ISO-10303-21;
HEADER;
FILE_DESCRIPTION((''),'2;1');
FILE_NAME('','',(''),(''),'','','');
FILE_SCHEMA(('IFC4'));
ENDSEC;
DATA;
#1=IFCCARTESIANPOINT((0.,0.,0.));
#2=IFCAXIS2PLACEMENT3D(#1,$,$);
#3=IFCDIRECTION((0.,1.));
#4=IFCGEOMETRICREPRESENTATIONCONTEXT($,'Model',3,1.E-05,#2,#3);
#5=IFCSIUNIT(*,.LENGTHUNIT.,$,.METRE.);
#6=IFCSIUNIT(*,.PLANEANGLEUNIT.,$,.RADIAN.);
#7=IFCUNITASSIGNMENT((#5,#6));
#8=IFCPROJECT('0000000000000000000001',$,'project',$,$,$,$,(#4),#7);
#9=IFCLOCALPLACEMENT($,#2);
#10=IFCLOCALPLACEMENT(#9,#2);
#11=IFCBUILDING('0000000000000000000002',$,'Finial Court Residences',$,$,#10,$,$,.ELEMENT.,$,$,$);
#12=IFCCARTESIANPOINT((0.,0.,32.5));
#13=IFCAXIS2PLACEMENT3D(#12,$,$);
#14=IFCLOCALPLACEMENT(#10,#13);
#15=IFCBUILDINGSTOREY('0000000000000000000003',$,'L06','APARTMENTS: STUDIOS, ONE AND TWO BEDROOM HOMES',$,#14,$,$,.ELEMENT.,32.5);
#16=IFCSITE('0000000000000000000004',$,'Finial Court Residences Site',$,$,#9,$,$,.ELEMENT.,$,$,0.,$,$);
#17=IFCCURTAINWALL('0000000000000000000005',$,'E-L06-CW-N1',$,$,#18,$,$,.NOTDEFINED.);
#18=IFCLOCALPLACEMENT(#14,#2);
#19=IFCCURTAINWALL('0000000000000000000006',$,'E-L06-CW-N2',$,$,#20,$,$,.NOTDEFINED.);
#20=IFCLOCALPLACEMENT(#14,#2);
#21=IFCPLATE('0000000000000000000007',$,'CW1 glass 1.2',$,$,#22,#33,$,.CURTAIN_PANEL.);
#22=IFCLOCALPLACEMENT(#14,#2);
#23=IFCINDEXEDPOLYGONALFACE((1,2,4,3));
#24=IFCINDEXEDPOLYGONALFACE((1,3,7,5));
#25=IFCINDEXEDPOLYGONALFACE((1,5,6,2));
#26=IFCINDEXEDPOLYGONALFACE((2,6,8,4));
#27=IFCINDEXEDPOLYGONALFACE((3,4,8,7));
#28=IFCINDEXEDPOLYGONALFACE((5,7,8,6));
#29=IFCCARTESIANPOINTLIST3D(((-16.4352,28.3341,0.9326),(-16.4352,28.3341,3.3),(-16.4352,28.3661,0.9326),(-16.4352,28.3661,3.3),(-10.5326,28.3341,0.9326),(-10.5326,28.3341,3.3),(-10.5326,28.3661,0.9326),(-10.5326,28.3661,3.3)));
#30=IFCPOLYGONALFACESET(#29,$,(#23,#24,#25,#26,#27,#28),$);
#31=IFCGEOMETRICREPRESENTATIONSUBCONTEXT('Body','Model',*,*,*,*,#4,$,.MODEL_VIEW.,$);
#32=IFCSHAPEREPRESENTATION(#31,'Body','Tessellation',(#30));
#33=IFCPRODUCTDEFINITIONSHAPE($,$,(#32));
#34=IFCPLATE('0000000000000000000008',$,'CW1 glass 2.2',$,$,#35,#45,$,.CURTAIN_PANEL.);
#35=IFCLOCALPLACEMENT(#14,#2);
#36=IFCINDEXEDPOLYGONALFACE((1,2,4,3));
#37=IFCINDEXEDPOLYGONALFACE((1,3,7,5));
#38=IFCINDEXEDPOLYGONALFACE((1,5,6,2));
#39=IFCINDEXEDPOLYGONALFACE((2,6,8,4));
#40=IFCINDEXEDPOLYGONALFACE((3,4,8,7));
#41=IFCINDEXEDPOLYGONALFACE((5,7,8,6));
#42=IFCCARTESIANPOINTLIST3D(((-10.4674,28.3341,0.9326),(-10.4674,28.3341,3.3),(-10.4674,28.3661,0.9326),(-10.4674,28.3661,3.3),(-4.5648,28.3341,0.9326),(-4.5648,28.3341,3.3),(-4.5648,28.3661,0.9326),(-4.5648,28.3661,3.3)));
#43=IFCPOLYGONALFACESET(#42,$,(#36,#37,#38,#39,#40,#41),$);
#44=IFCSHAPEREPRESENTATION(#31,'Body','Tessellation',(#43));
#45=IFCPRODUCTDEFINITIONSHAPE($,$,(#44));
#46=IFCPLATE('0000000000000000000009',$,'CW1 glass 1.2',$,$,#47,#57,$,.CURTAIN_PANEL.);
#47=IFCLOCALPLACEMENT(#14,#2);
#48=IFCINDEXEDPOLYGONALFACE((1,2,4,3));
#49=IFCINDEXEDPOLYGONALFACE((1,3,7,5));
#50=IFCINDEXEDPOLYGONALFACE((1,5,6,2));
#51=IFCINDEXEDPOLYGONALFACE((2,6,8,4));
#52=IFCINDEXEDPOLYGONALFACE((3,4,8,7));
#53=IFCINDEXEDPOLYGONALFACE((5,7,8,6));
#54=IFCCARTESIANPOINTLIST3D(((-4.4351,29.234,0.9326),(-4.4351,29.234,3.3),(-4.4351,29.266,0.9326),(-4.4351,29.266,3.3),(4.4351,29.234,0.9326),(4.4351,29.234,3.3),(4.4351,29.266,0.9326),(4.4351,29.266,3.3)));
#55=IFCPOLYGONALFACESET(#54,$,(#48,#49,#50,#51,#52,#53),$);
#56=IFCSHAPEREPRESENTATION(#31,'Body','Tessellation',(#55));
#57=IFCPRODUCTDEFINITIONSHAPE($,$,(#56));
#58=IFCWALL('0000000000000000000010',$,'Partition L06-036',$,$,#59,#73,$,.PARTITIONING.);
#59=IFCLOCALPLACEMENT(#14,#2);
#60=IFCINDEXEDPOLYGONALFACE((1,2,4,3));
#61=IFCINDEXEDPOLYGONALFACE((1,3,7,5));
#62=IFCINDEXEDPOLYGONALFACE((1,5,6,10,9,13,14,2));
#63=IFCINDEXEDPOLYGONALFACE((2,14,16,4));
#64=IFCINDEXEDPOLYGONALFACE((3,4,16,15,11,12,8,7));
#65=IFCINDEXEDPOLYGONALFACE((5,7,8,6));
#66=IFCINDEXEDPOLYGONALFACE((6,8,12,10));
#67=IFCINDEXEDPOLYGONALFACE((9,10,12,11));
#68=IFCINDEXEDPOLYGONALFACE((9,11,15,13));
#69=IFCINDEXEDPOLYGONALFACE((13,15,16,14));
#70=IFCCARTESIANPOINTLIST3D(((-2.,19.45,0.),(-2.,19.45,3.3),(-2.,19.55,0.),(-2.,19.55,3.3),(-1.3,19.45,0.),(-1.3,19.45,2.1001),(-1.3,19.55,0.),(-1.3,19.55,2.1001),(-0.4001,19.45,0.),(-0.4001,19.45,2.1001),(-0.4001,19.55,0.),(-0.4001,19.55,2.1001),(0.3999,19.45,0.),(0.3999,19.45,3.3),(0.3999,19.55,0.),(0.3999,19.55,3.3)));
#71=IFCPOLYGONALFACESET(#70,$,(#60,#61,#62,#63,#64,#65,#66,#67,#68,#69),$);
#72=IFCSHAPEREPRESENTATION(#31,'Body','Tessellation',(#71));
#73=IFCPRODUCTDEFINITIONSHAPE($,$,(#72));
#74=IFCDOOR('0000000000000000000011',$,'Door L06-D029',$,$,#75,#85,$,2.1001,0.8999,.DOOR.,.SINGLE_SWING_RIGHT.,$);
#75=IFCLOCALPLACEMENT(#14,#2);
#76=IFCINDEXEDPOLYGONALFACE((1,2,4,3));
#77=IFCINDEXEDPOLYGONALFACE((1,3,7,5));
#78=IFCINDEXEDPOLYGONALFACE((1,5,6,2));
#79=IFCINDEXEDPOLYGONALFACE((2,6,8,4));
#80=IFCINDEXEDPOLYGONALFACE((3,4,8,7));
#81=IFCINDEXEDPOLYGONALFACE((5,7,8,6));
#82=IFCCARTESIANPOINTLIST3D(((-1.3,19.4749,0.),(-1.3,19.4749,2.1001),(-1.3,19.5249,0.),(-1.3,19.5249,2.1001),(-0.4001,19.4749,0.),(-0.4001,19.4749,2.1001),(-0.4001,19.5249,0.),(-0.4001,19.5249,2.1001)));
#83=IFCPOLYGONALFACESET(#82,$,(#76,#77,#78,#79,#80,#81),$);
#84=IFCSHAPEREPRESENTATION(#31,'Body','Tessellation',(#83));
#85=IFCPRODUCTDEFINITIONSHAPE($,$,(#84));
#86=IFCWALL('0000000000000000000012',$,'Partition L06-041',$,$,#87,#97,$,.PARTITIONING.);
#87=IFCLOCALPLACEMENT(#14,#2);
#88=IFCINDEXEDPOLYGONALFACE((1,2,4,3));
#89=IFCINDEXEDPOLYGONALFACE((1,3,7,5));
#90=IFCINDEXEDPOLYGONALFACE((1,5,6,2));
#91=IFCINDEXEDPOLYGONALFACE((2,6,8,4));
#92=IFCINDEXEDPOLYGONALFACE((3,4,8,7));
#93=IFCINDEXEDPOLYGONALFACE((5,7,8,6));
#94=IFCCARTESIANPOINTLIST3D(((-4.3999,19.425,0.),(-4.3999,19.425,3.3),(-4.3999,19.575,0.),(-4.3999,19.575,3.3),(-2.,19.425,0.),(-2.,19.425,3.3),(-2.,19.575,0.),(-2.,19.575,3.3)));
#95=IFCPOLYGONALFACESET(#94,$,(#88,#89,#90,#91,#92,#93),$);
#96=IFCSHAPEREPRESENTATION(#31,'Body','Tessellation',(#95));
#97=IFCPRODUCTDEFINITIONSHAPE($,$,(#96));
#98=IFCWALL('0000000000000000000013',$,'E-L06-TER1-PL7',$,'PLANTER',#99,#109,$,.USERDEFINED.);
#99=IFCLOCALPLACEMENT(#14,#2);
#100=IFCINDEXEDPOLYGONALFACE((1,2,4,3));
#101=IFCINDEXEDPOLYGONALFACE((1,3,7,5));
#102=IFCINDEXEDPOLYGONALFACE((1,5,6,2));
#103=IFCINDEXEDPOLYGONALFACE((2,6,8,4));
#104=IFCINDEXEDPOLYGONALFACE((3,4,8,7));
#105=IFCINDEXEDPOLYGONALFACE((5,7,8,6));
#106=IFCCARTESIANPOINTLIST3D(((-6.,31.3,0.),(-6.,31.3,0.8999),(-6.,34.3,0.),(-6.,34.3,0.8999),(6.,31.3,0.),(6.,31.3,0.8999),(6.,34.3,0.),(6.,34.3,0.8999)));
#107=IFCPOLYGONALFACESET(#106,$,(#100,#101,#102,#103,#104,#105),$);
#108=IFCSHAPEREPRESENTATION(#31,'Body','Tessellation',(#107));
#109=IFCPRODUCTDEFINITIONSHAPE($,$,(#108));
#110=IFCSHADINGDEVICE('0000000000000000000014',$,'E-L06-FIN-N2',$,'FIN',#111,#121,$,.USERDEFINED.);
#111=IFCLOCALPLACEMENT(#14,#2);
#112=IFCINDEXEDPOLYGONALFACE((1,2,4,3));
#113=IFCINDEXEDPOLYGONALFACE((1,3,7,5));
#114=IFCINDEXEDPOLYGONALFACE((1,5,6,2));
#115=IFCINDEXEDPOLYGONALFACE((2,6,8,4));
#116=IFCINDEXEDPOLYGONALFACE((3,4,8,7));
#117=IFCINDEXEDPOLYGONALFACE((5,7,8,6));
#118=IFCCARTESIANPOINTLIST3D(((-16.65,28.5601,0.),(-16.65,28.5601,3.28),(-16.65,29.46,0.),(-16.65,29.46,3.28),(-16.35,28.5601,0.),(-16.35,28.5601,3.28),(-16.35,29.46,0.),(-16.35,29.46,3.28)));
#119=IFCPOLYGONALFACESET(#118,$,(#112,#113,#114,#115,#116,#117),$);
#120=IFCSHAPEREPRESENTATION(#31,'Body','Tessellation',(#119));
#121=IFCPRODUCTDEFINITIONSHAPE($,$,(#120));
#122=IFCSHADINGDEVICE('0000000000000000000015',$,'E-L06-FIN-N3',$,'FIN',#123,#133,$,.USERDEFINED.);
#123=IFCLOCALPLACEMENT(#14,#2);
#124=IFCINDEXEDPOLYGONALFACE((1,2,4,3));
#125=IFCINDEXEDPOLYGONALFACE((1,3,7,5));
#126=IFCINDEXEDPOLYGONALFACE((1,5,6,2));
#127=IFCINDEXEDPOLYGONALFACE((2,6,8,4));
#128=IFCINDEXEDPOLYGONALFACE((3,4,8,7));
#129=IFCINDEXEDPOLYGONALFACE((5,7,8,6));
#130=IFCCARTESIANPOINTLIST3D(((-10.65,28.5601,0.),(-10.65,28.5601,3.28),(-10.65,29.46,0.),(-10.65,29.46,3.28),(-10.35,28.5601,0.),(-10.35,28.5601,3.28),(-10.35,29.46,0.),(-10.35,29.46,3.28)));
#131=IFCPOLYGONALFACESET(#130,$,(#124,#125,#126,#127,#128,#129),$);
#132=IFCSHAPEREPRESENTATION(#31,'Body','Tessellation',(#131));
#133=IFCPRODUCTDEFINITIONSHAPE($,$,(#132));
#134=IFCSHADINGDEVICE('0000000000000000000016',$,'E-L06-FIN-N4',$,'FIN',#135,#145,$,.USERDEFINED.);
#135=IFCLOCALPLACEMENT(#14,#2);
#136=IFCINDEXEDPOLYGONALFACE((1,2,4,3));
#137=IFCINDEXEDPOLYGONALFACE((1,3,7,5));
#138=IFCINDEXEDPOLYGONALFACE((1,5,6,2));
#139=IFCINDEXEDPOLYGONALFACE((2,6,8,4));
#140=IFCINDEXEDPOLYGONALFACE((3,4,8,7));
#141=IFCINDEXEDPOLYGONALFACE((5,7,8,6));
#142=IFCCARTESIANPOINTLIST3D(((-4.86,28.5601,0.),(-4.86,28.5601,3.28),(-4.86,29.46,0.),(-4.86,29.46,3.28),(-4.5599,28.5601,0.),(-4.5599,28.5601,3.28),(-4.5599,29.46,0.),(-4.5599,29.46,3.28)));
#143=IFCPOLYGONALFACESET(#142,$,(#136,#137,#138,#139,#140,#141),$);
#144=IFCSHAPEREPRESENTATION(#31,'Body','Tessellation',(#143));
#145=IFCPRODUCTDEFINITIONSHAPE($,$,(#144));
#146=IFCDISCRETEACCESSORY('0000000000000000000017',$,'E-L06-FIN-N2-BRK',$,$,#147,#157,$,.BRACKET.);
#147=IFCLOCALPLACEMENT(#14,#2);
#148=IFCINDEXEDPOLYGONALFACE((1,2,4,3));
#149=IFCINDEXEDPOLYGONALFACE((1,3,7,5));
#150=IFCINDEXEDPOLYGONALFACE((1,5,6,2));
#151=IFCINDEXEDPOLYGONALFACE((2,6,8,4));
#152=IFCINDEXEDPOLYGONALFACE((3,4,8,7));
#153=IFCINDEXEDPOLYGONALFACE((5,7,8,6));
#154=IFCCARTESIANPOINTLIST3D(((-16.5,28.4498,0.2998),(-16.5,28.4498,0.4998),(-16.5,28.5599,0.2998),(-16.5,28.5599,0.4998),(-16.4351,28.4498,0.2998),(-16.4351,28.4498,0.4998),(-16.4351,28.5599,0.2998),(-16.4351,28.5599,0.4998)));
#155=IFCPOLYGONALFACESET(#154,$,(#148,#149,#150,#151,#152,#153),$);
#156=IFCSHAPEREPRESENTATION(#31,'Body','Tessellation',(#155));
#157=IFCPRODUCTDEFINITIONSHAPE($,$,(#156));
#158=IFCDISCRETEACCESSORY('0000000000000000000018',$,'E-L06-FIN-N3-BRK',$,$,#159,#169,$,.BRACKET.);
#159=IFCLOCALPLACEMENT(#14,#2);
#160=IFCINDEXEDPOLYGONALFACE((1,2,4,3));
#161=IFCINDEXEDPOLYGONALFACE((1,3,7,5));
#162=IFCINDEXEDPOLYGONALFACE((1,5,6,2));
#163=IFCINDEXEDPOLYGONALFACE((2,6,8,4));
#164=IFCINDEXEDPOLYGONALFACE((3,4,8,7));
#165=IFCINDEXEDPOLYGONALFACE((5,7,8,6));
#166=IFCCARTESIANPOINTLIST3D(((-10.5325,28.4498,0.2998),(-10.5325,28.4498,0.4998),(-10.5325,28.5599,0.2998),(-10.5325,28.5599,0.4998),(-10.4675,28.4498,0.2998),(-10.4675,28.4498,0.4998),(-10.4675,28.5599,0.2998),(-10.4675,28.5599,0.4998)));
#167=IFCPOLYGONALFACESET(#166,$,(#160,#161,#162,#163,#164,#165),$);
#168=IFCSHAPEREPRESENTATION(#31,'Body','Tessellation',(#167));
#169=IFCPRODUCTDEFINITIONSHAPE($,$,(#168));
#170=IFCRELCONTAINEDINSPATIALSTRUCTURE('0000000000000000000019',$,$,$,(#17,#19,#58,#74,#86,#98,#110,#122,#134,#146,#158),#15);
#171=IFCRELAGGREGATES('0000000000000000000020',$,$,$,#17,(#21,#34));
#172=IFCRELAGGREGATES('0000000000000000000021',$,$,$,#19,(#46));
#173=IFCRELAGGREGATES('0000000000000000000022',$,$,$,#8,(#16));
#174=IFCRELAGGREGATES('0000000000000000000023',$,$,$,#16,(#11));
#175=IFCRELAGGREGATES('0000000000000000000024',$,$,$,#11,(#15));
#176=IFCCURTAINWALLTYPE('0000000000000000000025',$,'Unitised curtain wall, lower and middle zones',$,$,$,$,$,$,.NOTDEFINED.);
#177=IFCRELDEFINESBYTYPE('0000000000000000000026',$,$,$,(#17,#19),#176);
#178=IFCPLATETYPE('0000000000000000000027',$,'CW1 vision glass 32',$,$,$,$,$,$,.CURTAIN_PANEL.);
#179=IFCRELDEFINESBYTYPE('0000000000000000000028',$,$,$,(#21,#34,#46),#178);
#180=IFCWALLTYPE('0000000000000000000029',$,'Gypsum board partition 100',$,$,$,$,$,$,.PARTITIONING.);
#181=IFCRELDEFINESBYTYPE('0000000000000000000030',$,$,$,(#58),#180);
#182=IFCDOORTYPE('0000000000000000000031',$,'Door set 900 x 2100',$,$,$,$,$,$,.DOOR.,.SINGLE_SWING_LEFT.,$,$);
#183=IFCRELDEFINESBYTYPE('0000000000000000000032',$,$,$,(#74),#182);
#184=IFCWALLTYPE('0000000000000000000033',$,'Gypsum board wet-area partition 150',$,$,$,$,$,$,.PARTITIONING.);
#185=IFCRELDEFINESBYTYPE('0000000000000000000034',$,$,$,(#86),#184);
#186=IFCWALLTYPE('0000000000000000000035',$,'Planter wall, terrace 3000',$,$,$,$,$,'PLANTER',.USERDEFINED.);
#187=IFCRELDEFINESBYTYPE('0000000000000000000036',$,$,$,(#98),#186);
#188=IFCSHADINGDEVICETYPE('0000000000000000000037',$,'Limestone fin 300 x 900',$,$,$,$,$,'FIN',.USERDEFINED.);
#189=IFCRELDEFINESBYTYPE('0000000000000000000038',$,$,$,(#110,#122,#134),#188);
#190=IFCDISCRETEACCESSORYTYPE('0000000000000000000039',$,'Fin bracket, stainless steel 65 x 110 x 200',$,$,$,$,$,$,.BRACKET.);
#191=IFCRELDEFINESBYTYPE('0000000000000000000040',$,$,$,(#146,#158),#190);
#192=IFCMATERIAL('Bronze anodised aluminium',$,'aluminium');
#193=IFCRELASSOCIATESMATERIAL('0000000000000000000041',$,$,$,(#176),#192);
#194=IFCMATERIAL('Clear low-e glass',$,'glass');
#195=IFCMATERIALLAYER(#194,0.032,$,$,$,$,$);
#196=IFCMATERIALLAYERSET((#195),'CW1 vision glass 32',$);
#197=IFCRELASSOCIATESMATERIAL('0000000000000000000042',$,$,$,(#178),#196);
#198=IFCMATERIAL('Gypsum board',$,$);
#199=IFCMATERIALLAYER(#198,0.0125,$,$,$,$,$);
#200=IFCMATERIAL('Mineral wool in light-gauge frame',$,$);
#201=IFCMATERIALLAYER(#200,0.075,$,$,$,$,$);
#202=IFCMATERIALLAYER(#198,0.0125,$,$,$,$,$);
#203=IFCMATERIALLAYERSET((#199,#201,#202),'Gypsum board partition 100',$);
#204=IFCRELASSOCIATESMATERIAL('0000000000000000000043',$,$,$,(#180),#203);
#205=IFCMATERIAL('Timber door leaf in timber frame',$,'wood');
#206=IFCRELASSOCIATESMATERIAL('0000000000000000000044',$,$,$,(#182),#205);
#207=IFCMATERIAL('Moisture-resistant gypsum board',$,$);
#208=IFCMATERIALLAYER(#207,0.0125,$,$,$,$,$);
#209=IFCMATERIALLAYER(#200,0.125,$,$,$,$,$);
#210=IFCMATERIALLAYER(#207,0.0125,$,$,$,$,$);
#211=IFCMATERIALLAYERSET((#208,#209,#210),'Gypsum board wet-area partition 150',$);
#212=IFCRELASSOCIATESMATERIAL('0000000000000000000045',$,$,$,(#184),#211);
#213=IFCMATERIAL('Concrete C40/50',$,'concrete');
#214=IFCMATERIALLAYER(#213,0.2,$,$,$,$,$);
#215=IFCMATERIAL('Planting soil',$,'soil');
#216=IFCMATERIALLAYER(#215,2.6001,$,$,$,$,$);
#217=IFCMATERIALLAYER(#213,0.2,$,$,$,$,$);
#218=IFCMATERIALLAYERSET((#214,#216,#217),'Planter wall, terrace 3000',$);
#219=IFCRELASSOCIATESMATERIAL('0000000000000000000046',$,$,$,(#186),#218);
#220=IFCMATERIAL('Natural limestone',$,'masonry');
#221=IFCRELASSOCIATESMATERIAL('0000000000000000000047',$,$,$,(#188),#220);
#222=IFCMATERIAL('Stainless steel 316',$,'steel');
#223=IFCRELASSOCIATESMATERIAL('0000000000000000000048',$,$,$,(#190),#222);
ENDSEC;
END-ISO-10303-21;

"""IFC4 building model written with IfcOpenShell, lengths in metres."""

from ifc_helpers import new_model, si_unit, direction, frame, frame_2d, origin, origin_2d, place, context, subcontext, project, spatial, rectangle, extrude, material, layer, layer_set, type_object, element, fill, aggregate, save


model = new_model("IFC4")

# Units and contexts
model_context = context("Model", 3, precision=1e-05, world=origin(), true_north=direction((0.0, 1.0)))
body_context = subcontext(model_context, "Body", "Model", "MODEL_VIEW")
ifc_project = project(units=[si_unit("LENGTHUNIT", "METRE"), si_unit("PLANEANGLEUNIT", "RADIAN")], contexts=[model_context])

# Site, building, storey
site_placement = place(None, origin())
site = spatial("IfcSite", under=ifc_project, at=site_placement, Name="Finial Court Residences Site", CompositionType="ELEMENT", RefElevation=0.0)
building_placement = place(site_placement, origin())
building = spatial("IfcBuilding", under=site, at=building_placement, Name="Finial Court Residences", CompositionType="ELEMENT")
storey_placement = place(building_placement, frame((0.0, 0.0, 32.5)))
storey = spatial("IfcBuildingStorey", under=building, at=storey_placement, Name="L06", Description="APARTMENTS: STUDIOS, ONE AND TWO BEDROOM HOMES", CompositionType="ELEMENT", Elevation=32.5)

# Curtain wall
ifc_material_1 = material(Name="Bronze anodised aluminium", Category="aluminium")
curtain_wall_type = type_object("IfcCurtainWallType", Name="Unitised curtain wall, lower and middle zones", PredefinedType="NOTDEFINED", material=ifc_material_1)
curtain_wall_1_placement = place(storey_placement, origin())
curtain_wall_1 = element("IfcCurtainWall", 1, at=curtain_wall_1_placement, inside=storey, type_object=curtain_wall_type, Name="E-L06-CW-N1", PredefinedType="NOTDEFINED")

# Curtain wall
curtain_wall_2_placement = place(storey_placement, origin())
curtain_wall_2 = element("IfcCurtainWall", 2, at=curtain_wall_2_placement, inside=storey, type_object=curtain_wall_type, Name="E-L06-CW-N2", PredefinedType="NOTDEFINED")

# Plates
ifc_material_2 = material(Name="Clear low-e glass", Category="glass")
ifc_layer_1 = layer(ifc_material_2, 0.032)
ifc_layer_set_1 = layer_set([ifc_layer_1], Name="CW1 vision glass 32")
plate_type_1 = type_object("IfcPlateType", Name="CW1 vision glass 32", PredefinedType="CURTAIN_PANEL", material=ifc_layer_set_1)
plate_1_placement = place(storey_placement, frame((-13.4839, 28.3501, 0.9326), z_axis=(0.0, 0.0, 1.0), x_axis=(1.0, 0.0, 0.0)))
plate_1 = element("IfcPlate", 3, at=plate_1_placement, type_object=plate_type_1, Name="CW1 glass 1.2", PredefinedType="CURTAIN_PANEL", context=body_context, shape_type="SweptSolid", body=[
    extrude(rectangle(XDim=5.9026, YDim=0.032, at=origin_2d()), origin(), (0.0, 0.0, 1.0), 2.3674),
])
plate_2_placement = place(storey_placement, frame((-7.5161, 28.3501, 0.9326), z_axis=(0.0, 0.0, 1.0), x_axis=(1.0, 0.0, 0.0)))
plate_2 = element("IfcPlate", 4, at=plate_2_placement, type_object=plate_type_1, Name="CW1 glass 2.2", PredefinedType="CURTAIN_PANEL", context=body_context, shape_type="SweptSolid", body=[
    extrude(rectangle(XDim=5.9026, YDim=0.032, at=origin_2d()), origin(), (0.0, 0.0, 1.0), 2.3674),
])
aggregate(curtain_wall_1, [plate_1, plate_2])
plate_3_placement = place(storey_placement, frame((0.0, 29.25, 0.9326), z_axis=(0.0, 0.0, 1.0), x_axis=(1.0, 0.0, 0.0)))
plate_3 = element("IfcPlate", 5, at=plate_3_placement, type_object=plate_type_1, Name="CW1 glass 1.2", PredefinedType="CURTAIN_PANEL", context=body_context, shape_type="SweptSolid", body=[
    extrude(rectangle(XDim=8.8701, YDim=0.032, at=origin_2d()), origin(), (0.0, 0.0, 1.0), 2.3674),
])
aggregate(curtain_wall_2, [plate_3])

# Wall, opening, door
ifc_material_3 = material(Name="Gypsum board")
ifc_layer_2 = layer(ifc_material_3, 0.0125)
ifc_material_4 = material(Name="Mineral wool in light-gauge frame")
ifc_layer_3 = layer(ifc_material_4, 0.075)
ifc_layer_4 = layer(ifc_material_3, 0.0125)
ifc_layer_set_2 = layer_set([ifc_layer_2, ifc_layer_3, ifc_layer_4], Name="Gypsum board partition 100")
wall_type_1 = type_object("IfcWallType", Name="Gypsum board partition 100", PredefinedType="PARTITIONING", material=ifc_layer_set_2)
wall_1_placement = place(storey_placement, frame((-2.0, 19.5, 0.0), z_axis=(0.0, 0.0, 1.0), x_axis=(1.0, 0.0, 0.0)))
wall_1 = element("IfcWall", 6, at=wall_1_placement, inside=storey, type_object=wall_type_1, Name="Partition L06-036", PredefinedType="PARTITIONING", context=body_context, shape_type="SweptSolid", body=[
    extrude(rectangle(XDim=2.3999, YDim=0.1001, at=frame_2d((1.2, 0.0))), origin(), (0.0, 0.0, 1.0), 3.3),
])
opening_placement = place(wall_1_placement, frame((0.7, 0.0, 0.0)))
opening = element("IfcOpeningElement", 7, at=opening_placement, cuts=wall_1, PredefinedType="OPENING", context=body_context, shape_type="SweptSolid", body=[
    extrude(rectangle(XDim=0.8999, YDim=2.1001, at=frame_2d((0.45, 1.05))), frame((0.0, 0.0601, 0.0), z_axis=(0.0, -1.0, 0.0), x_axis=(1.0, 0.0, 0.0)), (0.0, 0.0, 1.0), 0.1201),
])
ifc_material_5 = material(Name="Timber door leaf in timber frame", Category="wood")
door_type = type_object("IfcDoorType", Name="Door set 900 x 2100", OperationType="SINGLE_SWING_LEFT", PredefinedType="DOOR", material=ifc_material_5)
door_placement = place(opening_placement, origin())
door = element("IfcDoor", 8, at=door_placement, inside=storey, type_object=door_type, Name="Door L06-D029", OperationType="SINGLE_SWING_RIGHT", OverallHeight=2.1001, OverallWidth=0.8999, PredefinedType="DOOR", context=body_context, shape_type="SweptSolid", body=[
    extrude(rectangle(XDim=0.8999, YDim=2.1001, at=frame_2d((0.45, 1.05))), frame((0.0, 0.0249, 0.0), z_axis=(0.0, -1.0, 0.0), x_axis=(1.0, 0.0, 0.0)), (0.0, 0.0, 1.0), 0.05),
])
fill(opening, door)

# Walls
ifc_material_6 = material(Name="Moisture-resistant gypsum board")
ifc_layer_5 = layer(ifc_material_6, 0.0125)
ifc_layer_6 = layer(ifc_material_4, 0.125)
ifc_layer_7 = layer(ifc_material_6, 0.0125)
ifc_layer_set_3 = layer_set([ifc_layer_5, ifc_layer_6, ifc_layer_7], Name="Gypsum board wet-area partition 150")
wall_type_2 = type_object("IfcWallType", Name="Gypsum board wet-area partition 150", PredefinedType="PARTITIONING", material=ifc_layer_set_3)
wall_2_placement = place(storey_placement, frame((-4.3999, 19.5, 0.0), z_axis=(0.0, 0.0, 1.0), x_axis=(1.0, 0.0, 0.0)))
element("IfcWall", 9, at=wall_2_placement, inside=storey, type_object=wall_type_2, Name="Partition L06-041", PredefinedType="PARTITIONING", context=body_context, shape_type="SweptSolid", body=[
    extrude(rectangle(XDim=2.3999, YDim=0.1499, at=frame_2d((1.2, 0.0))), origin(), (0.0, 0.0, 1.0), 3.3),
])
ifc_material_7 = material(Name="Concrete C40/50", Category="concrete")
ifc_layer_8 = layer(ifc_material_7, 0.2)
ifc_material_8 = material(Name="Planting soil", Category="soil")
ifc_layer_9 = layer(ifc_material_8, 2.6001)
ifc_layer_10 = layer(ifc_material_7, 0.2)
ifc_layer_set_4 = layer_set([ifc_layer_8, ifc_layer_9, ifc_layer_10], Name="Planter wall, terrace 3000")
wall_type_3 = type_object("IfcWallType", Name="Planter wall, terrace 3000", ElementType="PLANTER", PredefinedType="USERDEFINED", material=ifc_layer_set_4)
wall_3_placement = place(storey_placement, frame((-6.0, 32.8, 0.0), z_axis=(0.0, 0.0, 1.0), x_axis=(1.0, 0.0, 0.0)))
element("IfcWall", 10, at=wall_3_placement, inside=storey, type_object=wall_type_3, Name="E-L06-TER1-PL7", ObjectType="PLANTER", PredefinedType="USERDEFINED", context=body_context, shape_type="SweptSolid", body=[
    extrude(rectangle(XDim=12.0, YDim=3.0, at=frame_2d((6.0, 0.0))), origin(), (0.0, 0.0, 1.0), 0.8999),
])

# Shading devices
ifc_material_9 = material(Name="Natural limestone", Category="masonry")
shading_device_type = type_object("IfcShadingDeviceType", Name="Limestone fin 300 x 900", ElementType="FIN", PredefinedType="USERDEFINED", material=ifc_material_9)
for number, where, z_axis, x_axis, name in (
    (11, (-16.5, 29.01, 0.0), (0.0, 0.0, 1.0), (1.0, 0.0, 0.0), "E-L06-FIN-N2"),
    (12, (-10.5, 29.01, 0.0), (0.0, 0.0, 1.0), (1.0, 0.0, 0.0), "E-L06-FIN-N3"),
    (13, (-4.71, 29.01, 0.0), (0.0, 0.0, 1.0), (1.0, 0.0, 0.0), "E-L06-FIN-N4"),
):
    element("IfcShadingDevice", number, at=place(storey_placement, frame(where, z_axis=z_axis, x_axis=x_axis)), inside=storey, type_object=shading_device_type, Name=name, ObjectType="FIN", PredefinedType="USERDEFINED", context=body_context, shape_type="SweptSolid", body=[
        extrude(rectangle(XDim=0.3, YDim=0.8999, at=origin_2d()), origin(), (0.0, 0.0, 1.0), 3.28),
    ])

# Discrete accessories
ifc_material_10 = material(Name="Stainless steel 316", Category="steel")
discrete_accessory_type = type_object("IfcDiscreteAccessoryType", Name="Fin bracket, stainless steel 65 x 110 x 200", PredefinedType="BRACKET", material=ifc_material_10)
for number, where, z_axis, x_axis, name in (
    (14, (-16.4675, 28.5049, 0.2998), (0.0, 0.0, 1.0), (1.0, 0.0, 0.0), "E-L06-FIN-N2-BRK"),
    (15, (-10.5, 28.5049, 0.2998), (0.0, 0.0, 1.0), (1.0, 0.0, 0.0), "E-L06-FIN-N3-BRK"),
):
    element("IfcDiscreteAccessory", number, at=place(storey_placement, frame(where, z_axis=z_axis, x_axis=x_axis)), inside=storey, type_object=discrete_accessory_type, Name=name, PredefinedType="BRACKET", context=body_context, shape_type="SweptSolid", body=[
        extrude(rectangle(XDim=0.0649, YDim=0.1101, at=origin_2d()), origin(), (0.0, 0.0, 1.0), 0.2),
    ])

save(model, "model.ifc")
